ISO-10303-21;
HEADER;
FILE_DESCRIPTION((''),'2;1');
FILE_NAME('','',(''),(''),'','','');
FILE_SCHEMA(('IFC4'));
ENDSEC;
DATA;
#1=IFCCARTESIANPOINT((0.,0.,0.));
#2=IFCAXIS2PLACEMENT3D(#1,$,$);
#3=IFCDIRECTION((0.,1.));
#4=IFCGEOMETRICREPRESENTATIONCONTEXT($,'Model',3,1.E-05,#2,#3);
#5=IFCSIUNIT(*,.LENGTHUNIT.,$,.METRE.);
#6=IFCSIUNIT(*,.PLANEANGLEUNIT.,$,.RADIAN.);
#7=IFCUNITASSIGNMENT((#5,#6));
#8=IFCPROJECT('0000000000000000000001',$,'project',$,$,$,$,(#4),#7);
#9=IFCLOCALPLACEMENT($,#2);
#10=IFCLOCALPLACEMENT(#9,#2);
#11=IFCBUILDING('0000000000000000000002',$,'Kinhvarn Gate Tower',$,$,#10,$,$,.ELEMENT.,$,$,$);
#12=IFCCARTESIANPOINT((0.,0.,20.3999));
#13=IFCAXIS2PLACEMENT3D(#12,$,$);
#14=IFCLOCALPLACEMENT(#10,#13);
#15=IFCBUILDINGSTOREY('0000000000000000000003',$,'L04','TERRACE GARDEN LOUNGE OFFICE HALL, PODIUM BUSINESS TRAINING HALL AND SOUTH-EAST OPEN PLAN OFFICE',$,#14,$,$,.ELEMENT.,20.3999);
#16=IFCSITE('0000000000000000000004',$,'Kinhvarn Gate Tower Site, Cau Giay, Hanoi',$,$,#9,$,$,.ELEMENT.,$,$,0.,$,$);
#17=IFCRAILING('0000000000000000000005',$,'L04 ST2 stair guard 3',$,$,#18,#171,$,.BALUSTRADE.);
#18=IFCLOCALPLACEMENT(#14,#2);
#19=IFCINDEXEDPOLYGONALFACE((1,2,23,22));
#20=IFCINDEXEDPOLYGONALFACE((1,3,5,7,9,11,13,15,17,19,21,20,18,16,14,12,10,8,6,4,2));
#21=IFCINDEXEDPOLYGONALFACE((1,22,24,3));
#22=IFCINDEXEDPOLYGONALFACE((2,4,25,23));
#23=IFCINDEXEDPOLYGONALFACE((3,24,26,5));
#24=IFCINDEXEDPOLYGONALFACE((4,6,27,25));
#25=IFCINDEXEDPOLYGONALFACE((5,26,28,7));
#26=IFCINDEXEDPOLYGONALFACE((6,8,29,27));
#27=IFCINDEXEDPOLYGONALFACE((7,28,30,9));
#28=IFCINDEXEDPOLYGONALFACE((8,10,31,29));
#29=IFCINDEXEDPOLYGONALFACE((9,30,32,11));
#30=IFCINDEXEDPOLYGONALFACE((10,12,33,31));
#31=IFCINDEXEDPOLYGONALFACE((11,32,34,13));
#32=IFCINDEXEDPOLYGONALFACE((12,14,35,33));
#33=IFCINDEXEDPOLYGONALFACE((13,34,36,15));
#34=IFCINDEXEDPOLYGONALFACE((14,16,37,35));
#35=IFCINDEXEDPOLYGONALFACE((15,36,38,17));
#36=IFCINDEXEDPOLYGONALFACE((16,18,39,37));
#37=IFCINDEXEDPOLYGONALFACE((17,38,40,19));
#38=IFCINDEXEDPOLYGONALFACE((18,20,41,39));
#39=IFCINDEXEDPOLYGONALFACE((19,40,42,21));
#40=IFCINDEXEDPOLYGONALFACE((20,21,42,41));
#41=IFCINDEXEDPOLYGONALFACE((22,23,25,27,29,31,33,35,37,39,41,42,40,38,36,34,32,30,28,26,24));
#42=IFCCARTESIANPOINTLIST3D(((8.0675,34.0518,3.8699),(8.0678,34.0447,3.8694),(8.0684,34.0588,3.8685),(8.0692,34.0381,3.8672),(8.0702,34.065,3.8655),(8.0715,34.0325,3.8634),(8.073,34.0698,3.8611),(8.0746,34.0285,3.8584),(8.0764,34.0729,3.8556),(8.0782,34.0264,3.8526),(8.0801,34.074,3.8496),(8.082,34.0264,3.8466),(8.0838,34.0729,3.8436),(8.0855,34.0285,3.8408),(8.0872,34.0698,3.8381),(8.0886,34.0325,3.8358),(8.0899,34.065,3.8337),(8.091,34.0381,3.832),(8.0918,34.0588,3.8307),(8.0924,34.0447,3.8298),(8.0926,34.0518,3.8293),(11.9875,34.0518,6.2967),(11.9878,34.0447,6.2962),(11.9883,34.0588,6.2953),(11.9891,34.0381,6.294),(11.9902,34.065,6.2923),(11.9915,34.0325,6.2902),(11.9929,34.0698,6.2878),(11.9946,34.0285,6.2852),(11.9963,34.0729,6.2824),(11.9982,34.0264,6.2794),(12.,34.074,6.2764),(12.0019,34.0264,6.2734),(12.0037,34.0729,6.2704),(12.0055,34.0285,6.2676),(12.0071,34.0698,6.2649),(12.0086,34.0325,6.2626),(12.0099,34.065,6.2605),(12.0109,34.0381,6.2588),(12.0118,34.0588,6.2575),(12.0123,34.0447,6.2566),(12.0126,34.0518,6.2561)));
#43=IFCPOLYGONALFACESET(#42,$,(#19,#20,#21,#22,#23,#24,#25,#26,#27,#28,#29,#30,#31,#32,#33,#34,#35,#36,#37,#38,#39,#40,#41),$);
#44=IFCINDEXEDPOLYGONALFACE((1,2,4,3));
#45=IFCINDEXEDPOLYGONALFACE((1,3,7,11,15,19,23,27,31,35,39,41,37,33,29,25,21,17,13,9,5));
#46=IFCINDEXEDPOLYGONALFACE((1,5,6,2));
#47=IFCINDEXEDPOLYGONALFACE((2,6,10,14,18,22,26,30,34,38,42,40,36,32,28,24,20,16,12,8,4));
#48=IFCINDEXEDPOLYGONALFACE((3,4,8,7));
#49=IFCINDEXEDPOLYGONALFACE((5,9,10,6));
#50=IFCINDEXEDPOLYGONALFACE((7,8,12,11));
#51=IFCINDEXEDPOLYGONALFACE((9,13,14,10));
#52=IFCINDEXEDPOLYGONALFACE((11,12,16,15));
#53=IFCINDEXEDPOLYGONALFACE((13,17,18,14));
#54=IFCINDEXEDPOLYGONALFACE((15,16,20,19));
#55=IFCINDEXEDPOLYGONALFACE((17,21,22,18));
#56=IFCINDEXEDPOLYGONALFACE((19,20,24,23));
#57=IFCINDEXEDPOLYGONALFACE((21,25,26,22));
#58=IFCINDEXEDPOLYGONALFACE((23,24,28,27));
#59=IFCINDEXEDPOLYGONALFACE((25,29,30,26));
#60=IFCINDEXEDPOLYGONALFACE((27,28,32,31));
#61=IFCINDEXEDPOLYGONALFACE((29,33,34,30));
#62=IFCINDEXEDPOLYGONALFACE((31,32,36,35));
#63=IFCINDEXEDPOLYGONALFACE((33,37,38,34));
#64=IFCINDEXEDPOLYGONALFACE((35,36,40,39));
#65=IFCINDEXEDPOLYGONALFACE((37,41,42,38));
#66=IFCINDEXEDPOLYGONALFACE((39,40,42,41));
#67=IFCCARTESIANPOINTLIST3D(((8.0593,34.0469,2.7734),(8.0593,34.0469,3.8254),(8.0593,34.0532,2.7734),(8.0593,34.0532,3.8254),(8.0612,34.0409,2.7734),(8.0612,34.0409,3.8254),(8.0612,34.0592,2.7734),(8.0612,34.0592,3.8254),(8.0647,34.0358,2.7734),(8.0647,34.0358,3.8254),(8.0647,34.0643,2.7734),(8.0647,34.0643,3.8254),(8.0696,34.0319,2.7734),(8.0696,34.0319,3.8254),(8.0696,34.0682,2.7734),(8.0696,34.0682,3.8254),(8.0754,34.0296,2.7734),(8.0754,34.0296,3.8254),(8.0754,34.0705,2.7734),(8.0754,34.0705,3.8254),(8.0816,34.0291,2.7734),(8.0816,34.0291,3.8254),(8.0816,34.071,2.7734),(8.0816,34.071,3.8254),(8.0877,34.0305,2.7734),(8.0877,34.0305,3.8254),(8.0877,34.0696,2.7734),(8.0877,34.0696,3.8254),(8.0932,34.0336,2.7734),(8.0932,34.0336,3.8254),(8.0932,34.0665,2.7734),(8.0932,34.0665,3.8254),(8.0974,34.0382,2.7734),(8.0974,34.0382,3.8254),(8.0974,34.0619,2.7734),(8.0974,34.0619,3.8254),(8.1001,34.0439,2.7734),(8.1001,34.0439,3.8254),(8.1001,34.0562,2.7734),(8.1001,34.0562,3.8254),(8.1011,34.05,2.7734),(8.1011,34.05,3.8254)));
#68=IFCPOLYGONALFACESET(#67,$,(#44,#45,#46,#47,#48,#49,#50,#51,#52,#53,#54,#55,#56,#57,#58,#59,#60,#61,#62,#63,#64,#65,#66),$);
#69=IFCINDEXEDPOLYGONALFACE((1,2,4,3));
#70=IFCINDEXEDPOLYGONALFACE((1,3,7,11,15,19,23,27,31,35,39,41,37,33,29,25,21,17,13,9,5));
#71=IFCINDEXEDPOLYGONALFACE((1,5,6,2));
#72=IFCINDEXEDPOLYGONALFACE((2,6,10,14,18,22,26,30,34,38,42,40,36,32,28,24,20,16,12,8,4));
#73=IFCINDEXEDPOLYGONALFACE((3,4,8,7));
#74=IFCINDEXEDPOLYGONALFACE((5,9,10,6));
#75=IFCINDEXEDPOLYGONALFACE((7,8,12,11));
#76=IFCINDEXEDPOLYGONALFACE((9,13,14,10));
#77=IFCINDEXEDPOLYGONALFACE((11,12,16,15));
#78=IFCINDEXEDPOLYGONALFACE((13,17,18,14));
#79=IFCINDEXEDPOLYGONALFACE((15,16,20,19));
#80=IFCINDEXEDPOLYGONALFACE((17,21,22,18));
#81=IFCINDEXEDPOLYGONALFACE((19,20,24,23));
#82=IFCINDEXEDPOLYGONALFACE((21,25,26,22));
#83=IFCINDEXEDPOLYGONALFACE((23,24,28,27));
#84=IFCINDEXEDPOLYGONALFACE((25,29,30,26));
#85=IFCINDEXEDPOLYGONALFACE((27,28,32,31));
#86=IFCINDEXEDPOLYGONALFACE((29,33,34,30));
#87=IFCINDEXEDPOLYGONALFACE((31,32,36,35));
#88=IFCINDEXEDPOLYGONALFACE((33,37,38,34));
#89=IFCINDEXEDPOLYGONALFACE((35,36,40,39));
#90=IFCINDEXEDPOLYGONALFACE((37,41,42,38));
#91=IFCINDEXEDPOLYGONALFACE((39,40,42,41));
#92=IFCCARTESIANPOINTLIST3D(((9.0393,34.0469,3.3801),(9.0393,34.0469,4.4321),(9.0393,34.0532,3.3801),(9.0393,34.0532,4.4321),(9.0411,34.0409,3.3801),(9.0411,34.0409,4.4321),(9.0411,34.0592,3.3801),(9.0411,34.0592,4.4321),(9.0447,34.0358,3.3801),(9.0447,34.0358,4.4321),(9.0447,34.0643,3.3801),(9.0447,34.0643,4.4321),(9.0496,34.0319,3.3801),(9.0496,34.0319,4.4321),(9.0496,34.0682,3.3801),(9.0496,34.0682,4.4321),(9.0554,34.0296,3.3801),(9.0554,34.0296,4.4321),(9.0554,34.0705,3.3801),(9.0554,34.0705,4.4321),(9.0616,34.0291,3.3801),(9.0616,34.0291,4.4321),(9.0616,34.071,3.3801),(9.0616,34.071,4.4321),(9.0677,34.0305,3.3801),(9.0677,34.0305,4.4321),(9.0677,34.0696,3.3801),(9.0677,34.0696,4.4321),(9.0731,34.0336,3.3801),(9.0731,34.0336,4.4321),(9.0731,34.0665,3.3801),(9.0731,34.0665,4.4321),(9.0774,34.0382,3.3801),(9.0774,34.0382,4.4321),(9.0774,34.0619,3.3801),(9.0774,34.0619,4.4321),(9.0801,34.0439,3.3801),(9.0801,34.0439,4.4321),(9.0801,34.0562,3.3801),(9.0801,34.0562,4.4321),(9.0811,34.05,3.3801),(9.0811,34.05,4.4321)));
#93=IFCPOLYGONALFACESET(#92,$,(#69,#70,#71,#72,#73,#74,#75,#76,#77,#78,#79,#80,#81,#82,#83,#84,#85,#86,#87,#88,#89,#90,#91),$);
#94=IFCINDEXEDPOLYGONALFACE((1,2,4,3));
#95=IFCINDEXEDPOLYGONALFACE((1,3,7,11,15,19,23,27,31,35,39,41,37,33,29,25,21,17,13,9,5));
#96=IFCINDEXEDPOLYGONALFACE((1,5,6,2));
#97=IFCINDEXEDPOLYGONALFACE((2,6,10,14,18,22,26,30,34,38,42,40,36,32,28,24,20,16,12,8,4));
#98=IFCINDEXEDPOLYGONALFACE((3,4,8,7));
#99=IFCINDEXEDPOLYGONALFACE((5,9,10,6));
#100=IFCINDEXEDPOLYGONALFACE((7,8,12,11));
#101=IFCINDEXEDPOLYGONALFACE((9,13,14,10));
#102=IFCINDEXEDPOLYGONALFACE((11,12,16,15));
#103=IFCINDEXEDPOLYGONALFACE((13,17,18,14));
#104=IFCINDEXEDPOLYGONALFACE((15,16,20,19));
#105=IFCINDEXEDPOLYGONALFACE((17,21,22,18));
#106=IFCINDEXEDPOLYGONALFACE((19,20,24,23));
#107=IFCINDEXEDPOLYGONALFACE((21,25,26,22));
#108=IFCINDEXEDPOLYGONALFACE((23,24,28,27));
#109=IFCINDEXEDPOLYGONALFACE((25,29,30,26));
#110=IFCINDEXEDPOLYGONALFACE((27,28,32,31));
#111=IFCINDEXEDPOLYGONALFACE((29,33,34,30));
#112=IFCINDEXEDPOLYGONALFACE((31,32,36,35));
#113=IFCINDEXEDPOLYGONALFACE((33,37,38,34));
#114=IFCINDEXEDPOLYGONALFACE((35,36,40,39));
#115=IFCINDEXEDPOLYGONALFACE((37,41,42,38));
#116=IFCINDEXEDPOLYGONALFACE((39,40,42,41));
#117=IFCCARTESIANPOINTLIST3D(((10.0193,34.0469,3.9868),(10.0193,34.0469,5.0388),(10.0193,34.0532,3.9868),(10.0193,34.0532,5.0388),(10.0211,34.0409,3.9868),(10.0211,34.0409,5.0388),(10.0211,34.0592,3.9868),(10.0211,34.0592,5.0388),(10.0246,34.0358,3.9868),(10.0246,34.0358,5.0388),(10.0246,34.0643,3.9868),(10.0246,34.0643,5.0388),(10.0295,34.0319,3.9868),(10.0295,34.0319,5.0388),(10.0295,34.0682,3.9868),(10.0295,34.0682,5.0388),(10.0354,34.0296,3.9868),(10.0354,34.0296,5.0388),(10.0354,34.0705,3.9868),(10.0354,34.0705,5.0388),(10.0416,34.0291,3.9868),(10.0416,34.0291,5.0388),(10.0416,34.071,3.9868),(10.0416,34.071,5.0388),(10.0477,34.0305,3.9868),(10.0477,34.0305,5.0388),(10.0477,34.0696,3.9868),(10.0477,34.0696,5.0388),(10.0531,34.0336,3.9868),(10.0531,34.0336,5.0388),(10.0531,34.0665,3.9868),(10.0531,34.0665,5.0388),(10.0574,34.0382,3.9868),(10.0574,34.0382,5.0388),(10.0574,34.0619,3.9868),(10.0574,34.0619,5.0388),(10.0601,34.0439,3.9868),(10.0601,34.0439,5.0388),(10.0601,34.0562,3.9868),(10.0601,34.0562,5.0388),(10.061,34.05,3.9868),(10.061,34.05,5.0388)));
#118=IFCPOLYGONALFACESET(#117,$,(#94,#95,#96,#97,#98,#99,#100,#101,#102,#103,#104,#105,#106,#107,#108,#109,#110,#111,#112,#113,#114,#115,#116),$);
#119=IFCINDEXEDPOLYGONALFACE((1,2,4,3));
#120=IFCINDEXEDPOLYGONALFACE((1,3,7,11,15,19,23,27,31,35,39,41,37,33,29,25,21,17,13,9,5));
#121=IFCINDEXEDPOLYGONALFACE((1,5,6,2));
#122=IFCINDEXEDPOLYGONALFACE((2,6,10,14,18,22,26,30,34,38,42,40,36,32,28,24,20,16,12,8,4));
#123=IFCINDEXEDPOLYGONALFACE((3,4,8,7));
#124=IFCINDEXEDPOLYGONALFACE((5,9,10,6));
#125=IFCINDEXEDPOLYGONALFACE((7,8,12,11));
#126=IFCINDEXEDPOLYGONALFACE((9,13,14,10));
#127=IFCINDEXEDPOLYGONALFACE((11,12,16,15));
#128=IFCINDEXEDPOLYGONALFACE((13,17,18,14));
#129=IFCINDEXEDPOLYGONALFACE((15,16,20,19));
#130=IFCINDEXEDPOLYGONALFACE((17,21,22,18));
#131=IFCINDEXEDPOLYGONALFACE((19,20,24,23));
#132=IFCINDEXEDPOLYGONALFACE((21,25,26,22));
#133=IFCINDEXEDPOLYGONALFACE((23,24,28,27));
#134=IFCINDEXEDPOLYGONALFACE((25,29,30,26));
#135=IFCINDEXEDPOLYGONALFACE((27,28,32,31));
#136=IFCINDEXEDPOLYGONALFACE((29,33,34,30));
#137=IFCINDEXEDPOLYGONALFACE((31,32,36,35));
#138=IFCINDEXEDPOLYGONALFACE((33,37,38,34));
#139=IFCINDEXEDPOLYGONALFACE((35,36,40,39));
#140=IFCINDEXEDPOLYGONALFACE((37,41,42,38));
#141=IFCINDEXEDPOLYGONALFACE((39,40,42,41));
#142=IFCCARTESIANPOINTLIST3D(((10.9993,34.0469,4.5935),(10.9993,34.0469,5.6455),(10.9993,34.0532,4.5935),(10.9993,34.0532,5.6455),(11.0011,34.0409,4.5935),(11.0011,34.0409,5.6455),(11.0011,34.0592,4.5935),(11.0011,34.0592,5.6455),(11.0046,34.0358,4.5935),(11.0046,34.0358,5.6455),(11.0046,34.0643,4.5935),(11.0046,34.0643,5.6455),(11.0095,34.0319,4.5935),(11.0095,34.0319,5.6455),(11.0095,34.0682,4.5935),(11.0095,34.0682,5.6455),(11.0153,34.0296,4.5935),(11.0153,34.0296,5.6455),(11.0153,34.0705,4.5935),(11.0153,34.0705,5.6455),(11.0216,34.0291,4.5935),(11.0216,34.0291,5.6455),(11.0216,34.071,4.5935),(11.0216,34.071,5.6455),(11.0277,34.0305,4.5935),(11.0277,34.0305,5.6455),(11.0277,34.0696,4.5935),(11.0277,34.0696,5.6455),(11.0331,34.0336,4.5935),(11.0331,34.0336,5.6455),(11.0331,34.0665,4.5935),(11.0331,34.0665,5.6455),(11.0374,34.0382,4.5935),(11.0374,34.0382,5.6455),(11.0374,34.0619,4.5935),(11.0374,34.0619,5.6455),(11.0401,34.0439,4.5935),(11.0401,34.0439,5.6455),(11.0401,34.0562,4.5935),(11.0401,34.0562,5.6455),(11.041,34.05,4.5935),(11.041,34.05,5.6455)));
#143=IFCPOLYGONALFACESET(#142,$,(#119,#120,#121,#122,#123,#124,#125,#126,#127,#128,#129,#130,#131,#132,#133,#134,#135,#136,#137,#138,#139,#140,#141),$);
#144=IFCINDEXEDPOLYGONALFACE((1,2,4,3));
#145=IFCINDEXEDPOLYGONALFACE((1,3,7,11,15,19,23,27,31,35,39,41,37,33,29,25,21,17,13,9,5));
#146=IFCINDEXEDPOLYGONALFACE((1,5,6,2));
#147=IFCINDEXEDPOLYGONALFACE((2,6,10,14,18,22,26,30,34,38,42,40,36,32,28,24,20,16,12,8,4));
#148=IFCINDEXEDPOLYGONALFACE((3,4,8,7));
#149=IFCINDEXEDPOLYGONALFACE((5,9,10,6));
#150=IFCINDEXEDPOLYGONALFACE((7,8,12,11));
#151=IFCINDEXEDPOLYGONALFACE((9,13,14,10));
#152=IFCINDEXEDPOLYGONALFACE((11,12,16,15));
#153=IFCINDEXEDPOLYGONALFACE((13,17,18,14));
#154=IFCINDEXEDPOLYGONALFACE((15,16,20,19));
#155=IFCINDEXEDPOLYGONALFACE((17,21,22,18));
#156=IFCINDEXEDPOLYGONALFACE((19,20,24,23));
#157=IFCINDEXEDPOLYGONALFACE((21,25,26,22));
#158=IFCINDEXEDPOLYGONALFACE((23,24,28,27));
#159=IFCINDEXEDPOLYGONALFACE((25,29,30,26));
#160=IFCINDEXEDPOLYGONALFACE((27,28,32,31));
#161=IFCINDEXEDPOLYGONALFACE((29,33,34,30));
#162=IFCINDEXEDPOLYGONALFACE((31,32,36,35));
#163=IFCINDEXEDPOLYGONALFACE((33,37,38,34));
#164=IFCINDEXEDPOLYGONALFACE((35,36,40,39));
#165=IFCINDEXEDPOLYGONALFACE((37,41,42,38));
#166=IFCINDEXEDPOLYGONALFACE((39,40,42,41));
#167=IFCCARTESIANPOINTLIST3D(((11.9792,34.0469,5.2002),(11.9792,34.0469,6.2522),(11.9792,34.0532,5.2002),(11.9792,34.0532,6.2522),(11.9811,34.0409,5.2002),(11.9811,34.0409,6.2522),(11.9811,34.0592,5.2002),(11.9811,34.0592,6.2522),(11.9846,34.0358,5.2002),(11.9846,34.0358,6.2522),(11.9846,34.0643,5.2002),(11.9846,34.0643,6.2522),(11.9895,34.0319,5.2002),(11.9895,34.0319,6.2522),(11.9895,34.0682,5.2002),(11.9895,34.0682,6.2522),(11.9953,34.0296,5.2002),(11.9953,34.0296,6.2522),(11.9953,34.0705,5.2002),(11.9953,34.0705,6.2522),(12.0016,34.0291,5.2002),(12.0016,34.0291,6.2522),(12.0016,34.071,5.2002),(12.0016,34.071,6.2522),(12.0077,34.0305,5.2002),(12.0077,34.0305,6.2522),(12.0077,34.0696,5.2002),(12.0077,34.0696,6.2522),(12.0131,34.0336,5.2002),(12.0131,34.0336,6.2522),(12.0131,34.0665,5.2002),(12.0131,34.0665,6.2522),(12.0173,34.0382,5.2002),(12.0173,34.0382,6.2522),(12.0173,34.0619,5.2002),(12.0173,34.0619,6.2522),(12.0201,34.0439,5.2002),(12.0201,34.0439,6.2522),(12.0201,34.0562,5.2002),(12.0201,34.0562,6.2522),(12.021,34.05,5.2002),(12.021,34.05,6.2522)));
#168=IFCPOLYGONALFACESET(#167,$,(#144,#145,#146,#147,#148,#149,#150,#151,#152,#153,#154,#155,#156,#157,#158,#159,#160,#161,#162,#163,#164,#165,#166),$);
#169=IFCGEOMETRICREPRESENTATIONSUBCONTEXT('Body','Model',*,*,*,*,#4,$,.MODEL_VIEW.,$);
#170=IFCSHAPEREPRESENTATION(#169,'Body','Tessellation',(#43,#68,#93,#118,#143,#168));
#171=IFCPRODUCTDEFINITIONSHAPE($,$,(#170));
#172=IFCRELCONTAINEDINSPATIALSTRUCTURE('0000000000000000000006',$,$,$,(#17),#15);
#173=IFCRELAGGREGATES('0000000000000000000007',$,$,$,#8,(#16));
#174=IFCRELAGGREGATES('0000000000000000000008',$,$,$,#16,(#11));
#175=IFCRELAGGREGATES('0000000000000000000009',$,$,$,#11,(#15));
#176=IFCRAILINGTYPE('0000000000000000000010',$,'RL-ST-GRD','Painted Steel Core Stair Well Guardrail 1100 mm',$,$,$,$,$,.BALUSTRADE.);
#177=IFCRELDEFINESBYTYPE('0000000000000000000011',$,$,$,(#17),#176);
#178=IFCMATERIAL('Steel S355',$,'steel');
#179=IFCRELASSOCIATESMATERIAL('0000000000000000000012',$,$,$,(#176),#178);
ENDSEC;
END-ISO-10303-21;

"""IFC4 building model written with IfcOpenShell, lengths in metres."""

from ifc_helpers import new_model, si_unit, direction, frame, origin, origin_2d, place, context, subcontext, project, spatial, circle, extrude, material, type_object, element, save


model = new_model("IFC4")

# Units and contexts
model_context = context("Model", 3, precision=1e-05, world=origin(), true_north=direction((0.0, 1.0)))
body_context = subcontext(model_context, "Body", "Model", "MODEL_VIEW")
ifc_project = project(units=[si_unit("LENGTHUNIT", "METRE"), si_unit("PLANEANGLEUNIT", "RADIAN")], contexts=[model_context])

# Site, building, storey
site_placement = place(None, origin())
site = spatial("IfcSite", under=ifc_project, at=site_placement, Name="Kinhvarn Gate Tower Site, Cau Giay, Hanoi", CompositionType="ELEMENT", RefElevation=0.0)
building_placement = place(site_placement, origin())
building = spatial("IfcBuilding", under=site, at=building_placement, Name="Kinhvarn Gate Tower", CompositionType="ELEMENT")
storey_placement = place(building_placement, frame((0.0, 0.0, 20.3999)))
storey = spatial("IfcBuildingStorey", under=building, at=storey_placement, Name="L04", Description="TERRACE GARDEN LOUNGE OFFICE HALL, PODIUM BUSINESS TRAINING HALL AND SOUTH-EAST OPEN PLAN OFFICE", CompositionType="ELEMENT", Elevation=20.3999)

# Shared definitions
ifc_material_1 = material(Name="Steel S355", Category="steel")

# Railing
railing_type_1 = type_object("IfcRailingType", Name="RL-ST-GRD", Description="Painted Steel Core Stair Well Guardrail 1100 mm", PredefinedType="BALUSTRADE", material=ifc_material_1)
railing_1_placement = place(storey_placement, frame((8.0801, 34.05, 2.7734)))
element("IfcRailing", 1, at=railing_1_placement, inside=storey, type_object=railing_type_1, Name="L04 ST2 stair guard 3", PredefinedType="BALUSTRADE", context=body_context, shape_type="SweptSolid", body=[
    extrude(circle(Radius=0.0239, at=origin_2d()), frame((0.0, 0.0, 1.0762), z_axis=(0.850252, 0.0, 0.526376), x_axis=(0.0, 1.0, 0.0)), (0.0, 0.0, 1.0), 4.6104),
    extrude(circle(Radius=0.021, at=origin_2d()), origin(), (0.0, 0.0, 1.0), 1.052),
    extrude(circle(Radius=0.021, at=origin_2d()), frame((0.98, 0.0, 0.6067)), (0.0, 0.0, 1.0), 1.052),
    extrude(circle(Radius=0.021, at=origin_2d()), frame((1.96, 0.0, 1.2134)), (0.0, 0.0, 1.0), 1.052),
    extrude(circle(Radius=0.021, at=origin_2d()), frame((2.9399, 0.0, 1.8201)), (0.0, 0.0, 1.0), 1.052),
    extrude(circle(Radius=0.021, at=origin_2d()), frame((3.9199, 0.0, 2.4268)), (0.0, 0.0, 1.0), 1.052),
])

save(model, "model.ifc")
